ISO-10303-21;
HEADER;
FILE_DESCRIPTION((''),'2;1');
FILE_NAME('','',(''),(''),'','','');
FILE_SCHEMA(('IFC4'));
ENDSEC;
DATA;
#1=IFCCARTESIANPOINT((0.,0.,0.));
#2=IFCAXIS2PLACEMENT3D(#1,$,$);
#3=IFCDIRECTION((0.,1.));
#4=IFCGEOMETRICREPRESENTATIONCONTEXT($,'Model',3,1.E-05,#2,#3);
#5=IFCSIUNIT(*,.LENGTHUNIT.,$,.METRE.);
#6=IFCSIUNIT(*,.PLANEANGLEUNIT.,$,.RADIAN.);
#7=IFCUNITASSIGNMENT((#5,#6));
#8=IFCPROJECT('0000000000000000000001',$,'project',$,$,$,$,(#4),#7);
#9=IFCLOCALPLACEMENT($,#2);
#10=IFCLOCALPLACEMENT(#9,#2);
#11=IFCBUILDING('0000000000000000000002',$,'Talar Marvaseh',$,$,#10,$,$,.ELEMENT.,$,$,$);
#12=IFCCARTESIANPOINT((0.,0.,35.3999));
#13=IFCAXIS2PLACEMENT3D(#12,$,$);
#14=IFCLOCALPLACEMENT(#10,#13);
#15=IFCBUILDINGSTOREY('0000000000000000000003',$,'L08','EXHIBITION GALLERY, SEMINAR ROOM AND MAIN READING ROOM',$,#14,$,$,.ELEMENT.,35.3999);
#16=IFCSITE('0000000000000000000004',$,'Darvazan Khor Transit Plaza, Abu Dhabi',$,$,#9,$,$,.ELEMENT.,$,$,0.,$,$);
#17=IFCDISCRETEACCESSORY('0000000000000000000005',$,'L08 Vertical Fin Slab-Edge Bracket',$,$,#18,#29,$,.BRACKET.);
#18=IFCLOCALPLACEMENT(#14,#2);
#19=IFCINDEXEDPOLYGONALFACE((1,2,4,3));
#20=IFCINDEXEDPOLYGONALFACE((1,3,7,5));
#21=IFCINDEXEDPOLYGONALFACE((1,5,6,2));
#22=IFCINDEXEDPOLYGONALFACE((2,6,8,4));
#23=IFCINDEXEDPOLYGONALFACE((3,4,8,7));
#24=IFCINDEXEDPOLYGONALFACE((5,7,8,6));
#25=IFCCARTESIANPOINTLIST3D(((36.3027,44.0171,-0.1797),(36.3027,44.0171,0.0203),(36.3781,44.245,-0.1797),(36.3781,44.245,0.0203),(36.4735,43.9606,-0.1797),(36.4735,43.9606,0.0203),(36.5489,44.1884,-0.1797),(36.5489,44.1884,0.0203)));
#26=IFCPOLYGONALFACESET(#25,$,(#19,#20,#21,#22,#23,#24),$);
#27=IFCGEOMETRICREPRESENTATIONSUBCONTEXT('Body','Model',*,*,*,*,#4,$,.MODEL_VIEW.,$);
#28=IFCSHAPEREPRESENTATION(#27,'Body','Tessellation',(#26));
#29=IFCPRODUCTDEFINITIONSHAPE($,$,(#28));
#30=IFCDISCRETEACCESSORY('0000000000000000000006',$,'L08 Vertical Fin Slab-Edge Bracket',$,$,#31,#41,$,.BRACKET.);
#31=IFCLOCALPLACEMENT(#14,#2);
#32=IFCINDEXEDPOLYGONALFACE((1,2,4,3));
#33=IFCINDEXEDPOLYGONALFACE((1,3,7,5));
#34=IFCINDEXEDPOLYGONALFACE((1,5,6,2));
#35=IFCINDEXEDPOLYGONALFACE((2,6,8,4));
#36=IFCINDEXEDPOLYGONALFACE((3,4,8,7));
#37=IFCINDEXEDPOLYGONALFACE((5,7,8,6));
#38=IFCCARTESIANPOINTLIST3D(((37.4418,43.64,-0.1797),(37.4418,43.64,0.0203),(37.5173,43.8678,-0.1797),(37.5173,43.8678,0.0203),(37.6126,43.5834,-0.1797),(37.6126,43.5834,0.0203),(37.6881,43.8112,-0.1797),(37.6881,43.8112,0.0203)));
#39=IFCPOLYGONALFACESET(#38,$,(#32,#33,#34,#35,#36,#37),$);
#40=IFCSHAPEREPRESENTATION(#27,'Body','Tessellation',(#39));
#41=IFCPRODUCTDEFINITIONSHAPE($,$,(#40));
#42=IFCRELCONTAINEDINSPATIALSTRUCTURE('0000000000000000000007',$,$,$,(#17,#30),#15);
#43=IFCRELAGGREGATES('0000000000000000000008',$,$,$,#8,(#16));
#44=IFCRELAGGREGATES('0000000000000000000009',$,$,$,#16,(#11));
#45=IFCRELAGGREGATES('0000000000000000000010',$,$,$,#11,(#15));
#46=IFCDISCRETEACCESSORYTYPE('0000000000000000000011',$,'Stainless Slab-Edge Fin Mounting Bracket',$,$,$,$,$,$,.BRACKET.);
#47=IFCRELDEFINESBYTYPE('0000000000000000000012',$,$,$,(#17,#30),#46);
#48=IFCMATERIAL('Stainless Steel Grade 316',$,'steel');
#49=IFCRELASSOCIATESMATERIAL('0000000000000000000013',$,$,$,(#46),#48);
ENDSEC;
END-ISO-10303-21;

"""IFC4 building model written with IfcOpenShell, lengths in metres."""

from ifc_helpers import new_model, si_unit, direction, frame, origin, origin_2d, place, context, subcontext, project, spatial, rectangle, extrude, source, transform, mapped, material, type_object, type_shapes, element, save


model = new_model("IFC4")

# Units and contexts
model_context = context("Model", 3, precision=1e-05, world=origin(), true_north=direction((0.0, 1.0)))
body_context = subcontext(model_context, "Body", "Model", "MODEL_VIEW")
ifc_project = project(units=[si_unit("LENGTHUNIT", "METRE"), si_unit("PLANEANGLEUNIT", "RADIAN")], contexts=[model_context])

# Site, building, storey
site_placement = place(None, origin())
site = spatial("IfcSite", under=ifc_project, at=site_placement, Name="Darvazan Khor Transit Plaza, Abu Dhabi", CompositionType="ELEMENT", RefElevation=0.0)
building_placement = place(site_placement, origin())
building = spatial("IfcBuilding", under=site, at=building_placement, Name="Talar Marvaseh", CompositionType="ELEMENT")
storey_placement = place(building_placement, frame((0.0, 0.0, 35.3999)))
storey = spatial("IfcBuildingStorey", under=building, at=storey_placement, Name="L08", Description="EXHIBITION GALLERY, SEMINAR ROOM AND MAIN READING ROOM", CompositionType="ELEMENT", Elevation=35.3999)

# Discrete accessories
ifc_material_1 = material(Name="Stainless Steel Grade 316", Category="steel")
discrete_accessory_type = type_object("IfcDiscreteAccessoryType", Name="Stainless Slab-Edge Fin Mounting Bracket", PredefinedType="BRACKET", material=ifc_material_1)
shared_shape_1 = source(origin(), body_context, "Body", "SweptSolid", [
    extrude(rectangle(XDim=0.24, YDim=0.1799, at=origin_2d()), origin(), (0.0, 0.0, 1.0), 0.2),
])
type_shapes(discrete_accessory_type, [shared_shape_1])
for number, where, z_axis, x_axis, name in (
    (1, (36.4258, 44.1028, -0.1797), (0.0, 0.0, 1.0), (0.314324, 0.949316, 0.0), "L08 Vertical Fin Slab-Edge Bracket"),
    (2, (37.5649, 43.7256, -0.1797), (0.0, 0.0, 1.0), (0.314324, 0.949316, 0.0), "L08 Vertical Fin Slab-Edge Bracket"),
):
    element("IfcDiscreteAccessory", number, at=place(storey_placement, frame(where, z_axis=z_axis, x_axis=x_axis)), inside=storey, type_object=discrete_accessory_type, Name=name, PredefinedType="BRACKET", context=body_context, shape_type="MappedRepresentation", body=[
        mapped(shared_shape_1, transform((0.0, 0.0, 0.0), x_axis=(1.0, 0.0, 0.0), y_axis=(0.0, 1.0, 0.0), z_axis=(0.0, 0.0, 1.0), scale=1.0)),
    ])

save(model, "model.ifc")
